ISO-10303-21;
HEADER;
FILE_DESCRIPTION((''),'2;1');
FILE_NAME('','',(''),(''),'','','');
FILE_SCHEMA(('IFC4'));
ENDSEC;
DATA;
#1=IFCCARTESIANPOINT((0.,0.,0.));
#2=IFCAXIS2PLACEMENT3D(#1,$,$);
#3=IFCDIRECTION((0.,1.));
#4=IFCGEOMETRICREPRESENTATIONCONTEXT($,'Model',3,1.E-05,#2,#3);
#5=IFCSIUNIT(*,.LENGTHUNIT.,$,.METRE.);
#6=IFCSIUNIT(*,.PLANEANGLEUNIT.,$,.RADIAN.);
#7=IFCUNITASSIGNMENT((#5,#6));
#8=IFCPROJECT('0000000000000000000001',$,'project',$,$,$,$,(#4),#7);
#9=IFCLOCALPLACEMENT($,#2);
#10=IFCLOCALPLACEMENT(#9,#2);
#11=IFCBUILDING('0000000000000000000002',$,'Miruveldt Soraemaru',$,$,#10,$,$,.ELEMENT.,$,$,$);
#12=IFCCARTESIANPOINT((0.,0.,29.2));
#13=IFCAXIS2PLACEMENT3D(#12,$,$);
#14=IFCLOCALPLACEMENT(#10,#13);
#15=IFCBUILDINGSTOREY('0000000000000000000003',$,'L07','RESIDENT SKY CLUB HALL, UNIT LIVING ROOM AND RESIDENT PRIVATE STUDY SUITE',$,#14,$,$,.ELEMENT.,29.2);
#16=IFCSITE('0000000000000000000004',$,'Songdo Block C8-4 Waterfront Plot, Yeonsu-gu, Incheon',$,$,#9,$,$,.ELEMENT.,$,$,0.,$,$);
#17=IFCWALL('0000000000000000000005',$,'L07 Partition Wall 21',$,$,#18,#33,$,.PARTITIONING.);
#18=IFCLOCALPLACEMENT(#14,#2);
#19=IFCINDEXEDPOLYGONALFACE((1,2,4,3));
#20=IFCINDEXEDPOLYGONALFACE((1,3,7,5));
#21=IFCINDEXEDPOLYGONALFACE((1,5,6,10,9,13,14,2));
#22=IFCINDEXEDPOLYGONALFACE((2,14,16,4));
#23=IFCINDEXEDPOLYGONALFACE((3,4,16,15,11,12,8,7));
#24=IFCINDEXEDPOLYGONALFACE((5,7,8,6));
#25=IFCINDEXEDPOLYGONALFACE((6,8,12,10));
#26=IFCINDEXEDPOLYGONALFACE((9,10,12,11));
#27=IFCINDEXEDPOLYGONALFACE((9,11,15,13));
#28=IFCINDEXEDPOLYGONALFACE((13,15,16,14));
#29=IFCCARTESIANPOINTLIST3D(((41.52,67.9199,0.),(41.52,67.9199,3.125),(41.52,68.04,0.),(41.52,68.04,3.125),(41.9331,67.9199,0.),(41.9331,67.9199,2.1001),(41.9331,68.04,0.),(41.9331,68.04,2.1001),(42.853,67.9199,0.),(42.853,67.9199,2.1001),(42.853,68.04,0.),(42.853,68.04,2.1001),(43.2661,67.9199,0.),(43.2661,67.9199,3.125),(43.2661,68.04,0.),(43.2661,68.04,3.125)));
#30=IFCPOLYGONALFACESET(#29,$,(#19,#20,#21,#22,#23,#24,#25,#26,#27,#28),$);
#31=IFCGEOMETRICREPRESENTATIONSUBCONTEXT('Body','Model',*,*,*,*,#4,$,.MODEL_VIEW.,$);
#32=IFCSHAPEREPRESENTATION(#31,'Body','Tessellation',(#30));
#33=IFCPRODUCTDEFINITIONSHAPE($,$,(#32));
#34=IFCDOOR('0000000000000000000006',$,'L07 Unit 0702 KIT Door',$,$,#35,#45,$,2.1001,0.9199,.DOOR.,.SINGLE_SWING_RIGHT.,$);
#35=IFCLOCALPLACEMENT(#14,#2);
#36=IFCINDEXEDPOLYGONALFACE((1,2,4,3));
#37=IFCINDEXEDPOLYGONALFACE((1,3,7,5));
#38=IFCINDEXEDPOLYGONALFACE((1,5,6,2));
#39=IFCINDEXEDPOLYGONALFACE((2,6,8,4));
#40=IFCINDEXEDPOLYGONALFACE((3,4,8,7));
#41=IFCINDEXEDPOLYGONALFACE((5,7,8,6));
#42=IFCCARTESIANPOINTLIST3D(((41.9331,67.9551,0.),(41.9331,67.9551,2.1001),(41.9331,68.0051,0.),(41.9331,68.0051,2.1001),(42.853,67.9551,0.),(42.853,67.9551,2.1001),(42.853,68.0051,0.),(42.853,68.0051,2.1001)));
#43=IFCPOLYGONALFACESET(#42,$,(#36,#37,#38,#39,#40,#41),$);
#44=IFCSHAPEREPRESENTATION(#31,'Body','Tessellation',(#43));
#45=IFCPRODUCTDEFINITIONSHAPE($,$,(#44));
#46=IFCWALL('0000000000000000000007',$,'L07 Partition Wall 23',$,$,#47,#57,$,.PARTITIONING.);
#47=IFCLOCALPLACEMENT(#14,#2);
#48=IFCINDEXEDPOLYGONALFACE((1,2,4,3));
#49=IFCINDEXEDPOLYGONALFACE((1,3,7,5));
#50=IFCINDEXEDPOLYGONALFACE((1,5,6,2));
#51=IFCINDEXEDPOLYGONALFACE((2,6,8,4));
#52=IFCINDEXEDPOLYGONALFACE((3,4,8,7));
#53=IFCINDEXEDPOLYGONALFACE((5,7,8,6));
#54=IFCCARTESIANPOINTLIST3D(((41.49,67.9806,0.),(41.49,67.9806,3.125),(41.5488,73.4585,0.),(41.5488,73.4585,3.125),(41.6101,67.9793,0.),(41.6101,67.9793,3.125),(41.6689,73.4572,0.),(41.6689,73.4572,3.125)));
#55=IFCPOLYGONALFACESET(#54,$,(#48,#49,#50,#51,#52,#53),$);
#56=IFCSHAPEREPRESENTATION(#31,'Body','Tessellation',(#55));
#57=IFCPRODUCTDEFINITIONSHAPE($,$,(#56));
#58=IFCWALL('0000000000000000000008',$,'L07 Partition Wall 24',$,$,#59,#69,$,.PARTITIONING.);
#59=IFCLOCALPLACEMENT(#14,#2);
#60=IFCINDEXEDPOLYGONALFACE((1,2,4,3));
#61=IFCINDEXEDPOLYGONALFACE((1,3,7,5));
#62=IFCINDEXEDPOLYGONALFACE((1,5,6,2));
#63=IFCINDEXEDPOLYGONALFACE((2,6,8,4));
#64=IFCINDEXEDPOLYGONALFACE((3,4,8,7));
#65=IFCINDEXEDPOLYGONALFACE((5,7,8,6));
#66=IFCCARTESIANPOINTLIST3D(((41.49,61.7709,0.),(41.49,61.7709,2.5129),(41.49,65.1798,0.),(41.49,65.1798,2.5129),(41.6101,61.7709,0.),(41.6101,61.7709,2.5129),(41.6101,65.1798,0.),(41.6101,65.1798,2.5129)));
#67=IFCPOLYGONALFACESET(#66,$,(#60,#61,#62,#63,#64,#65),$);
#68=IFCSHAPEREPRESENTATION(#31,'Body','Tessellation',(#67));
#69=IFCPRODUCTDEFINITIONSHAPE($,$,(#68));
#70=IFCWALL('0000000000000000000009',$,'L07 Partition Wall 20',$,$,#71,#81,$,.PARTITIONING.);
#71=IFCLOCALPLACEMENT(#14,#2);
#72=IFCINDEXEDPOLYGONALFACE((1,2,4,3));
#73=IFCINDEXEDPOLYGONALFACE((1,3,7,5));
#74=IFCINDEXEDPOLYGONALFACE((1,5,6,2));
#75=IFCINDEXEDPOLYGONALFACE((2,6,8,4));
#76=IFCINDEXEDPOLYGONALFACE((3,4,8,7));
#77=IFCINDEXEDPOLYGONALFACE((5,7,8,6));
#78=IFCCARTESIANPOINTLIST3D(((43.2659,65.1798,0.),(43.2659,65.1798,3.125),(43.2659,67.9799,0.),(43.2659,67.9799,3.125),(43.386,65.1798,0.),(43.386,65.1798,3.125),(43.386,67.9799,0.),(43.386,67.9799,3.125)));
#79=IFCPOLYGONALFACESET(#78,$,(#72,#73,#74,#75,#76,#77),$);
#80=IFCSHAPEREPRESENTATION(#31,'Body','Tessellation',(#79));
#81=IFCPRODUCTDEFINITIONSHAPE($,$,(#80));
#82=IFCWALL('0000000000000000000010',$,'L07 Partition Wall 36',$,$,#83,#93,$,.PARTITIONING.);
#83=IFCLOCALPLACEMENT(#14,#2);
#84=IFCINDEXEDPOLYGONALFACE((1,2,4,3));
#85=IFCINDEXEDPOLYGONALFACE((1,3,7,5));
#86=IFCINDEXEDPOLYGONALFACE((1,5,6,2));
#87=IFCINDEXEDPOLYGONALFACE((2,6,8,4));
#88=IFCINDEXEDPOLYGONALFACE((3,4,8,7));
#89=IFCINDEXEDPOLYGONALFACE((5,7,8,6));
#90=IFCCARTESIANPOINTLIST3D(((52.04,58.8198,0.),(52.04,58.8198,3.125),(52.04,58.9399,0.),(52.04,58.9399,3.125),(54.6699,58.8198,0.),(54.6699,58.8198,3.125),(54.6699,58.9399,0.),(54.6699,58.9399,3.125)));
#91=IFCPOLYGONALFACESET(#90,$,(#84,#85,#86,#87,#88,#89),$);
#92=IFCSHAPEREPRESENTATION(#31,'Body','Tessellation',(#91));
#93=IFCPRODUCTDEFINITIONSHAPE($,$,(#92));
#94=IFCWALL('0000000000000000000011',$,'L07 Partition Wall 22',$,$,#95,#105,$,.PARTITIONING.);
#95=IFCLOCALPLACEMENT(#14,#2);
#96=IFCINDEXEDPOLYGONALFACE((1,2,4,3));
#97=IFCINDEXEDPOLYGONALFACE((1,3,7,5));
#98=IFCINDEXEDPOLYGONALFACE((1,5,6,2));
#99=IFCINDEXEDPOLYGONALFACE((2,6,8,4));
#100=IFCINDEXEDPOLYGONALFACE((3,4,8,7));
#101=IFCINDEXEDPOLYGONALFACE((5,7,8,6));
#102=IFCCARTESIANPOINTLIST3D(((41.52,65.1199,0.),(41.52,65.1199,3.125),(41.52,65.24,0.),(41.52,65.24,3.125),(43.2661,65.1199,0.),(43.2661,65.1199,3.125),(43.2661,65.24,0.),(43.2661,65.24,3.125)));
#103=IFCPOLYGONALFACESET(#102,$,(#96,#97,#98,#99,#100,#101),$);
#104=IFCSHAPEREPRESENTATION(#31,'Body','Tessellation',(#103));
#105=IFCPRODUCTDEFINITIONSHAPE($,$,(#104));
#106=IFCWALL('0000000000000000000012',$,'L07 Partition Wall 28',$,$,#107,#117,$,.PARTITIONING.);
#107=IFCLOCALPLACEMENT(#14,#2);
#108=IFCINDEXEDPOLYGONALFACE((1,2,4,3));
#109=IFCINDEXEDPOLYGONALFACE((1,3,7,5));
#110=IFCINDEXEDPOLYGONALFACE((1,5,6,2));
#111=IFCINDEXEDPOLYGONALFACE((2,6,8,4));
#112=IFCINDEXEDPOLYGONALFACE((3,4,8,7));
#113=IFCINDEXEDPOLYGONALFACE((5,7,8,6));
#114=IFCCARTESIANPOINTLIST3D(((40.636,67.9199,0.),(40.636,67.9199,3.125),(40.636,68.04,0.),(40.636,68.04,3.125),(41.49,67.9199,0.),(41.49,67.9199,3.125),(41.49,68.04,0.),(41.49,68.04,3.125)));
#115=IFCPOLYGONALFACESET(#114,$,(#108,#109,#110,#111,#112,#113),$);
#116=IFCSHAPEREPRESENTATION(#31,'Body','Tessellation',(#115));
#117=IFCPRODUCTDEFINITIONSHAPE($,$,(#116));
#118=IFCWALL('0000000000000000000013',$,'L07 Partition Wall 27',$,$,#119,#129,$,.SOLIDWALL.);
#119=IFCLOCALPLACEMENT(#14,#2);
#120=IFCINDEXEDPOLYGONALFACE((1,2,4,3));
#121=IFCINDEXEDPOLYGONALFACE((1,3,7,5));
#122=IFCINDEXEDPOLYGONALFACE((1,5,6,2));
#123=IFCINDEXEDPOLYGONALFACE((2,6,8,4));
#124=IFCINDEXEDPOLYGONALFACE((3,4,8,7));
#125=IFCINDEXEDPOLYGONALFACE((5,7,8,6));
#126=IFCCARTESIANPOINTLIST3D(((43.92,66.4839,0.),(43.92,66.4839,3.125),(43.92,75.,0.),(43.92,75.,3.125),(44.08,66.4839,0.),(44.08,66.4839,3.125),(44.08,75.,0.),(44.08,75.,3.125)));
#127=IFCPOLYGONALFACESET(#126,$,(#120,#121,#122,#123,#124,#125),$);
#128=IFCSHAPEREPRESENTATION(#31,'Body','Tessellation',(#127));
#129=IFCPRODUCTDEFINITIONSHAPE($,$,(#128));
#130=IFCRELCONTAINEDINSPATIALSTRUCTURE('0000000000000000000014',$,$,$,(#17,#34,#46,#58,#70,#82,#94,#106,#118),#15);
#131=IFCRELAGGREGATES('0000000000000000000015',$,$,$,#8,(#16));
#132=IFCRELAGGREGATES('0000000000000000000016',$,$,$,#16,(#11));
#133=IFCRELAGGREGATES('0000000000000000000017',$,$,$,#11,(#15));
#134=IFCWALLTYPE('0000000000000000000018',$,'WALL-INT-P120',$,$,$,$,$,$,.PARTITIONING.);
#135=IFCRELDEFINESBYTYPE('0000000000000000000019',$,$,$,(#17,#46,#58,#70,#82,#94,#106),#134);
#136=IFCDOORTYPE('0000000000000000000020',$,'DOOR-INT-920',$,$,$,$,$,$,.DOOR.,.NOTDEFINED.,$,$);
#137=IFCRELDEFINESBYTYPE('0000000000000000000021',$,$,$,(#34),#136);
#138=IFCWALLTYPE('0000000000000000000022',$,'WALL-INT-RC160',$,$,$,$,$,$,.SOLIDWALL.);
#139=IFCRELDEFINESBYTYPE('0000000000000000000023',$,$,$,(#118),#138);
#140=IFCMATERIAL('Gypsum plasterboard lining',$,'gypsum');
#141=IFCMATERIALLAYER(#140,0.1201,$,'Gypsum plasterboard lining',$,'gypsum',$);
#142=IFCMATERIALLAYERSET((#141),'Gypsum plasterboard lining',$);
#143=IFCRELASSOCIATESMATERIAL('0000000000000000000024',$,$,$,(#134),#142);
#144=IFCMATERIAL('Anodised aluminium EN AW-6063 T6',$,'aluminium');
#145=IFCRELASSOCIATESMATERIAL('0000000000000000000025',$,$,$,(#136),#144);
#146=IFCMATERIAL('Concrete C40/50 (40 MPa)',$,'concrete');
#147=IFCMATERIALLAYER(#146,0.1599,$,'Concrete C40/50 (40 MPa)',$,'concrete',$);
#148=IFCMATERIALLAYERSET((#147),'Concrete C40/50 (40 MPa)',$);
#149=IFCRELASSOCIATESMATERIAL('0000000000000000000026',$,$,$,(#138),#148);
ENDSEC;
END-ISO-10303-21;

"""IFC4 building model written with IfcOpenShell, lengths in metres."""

from ifc_helpers import new_model, si_unit, direction, frame, frame_2d, origin, place, context, subcontext, project, spatial, rectangle, extrude, material, layer, layer_set, type_object, element, fill, save


model = new_model("IFC4")

# Units and contexts
model_context = context("Model", 3, precision=1e-05, world=origin(), true_north=direction((0.0, 1.0)))
body_context = subcontext(model_context, "Body", "Model", "MODEL_VIEW")
ifc_project = project(units=[si_unit("LENGTHUNIT", "METRE"), si_unit("PLANEANGLEUNIT", "RADIAN")], contexts=[model_context])

# Site, building, storey
site_placement = place(None, origin())
site = spatial("IfcSite", under=ifc_project, at=site_placement, Name="Songdo Block C8-4 Waterfront Plot, Yeonsu-gu, Incheon", CompositionType="ELEMENT", RefElevation=0.0)
building_placement = place(site_placement, origin())
building = spatial("IfcBuilding", under=site, at=building_placement, Name="Miruveldt Soraemaru", CompositionType="ELEMENT")
storey_placement = place(building_placement, frame((0.0, 0.0, 29.2)))
storey = spatial("IfcBuildingStorey", under=building, at=storey_placement, Name="L07", Description="RESIDENT SKY CLUB HALL, UNIT LIVING ROOM AND RESIDENT PRIVATE STUDY SUITE", CompositionType="ELEMENT", Elevation=29.2)

# Wall, opening, door
ifc_material_1 = material(Name="Gypsum plasterboard lining", Category="gypsum")
ifc_layer_1 = layer(ifc_material_1, 0.1201, Name="Gypsum plasterboard lining", Category="gypsum")
ifc_layer_set_1 = layer_set([ifc_layer_1], Name="Gypsum plasterboard lining")
wall_type_1 = type_object("IfcWallType", Name="WALL-INT-P120", PredefinedType="PARTITIONING", material=ifc_layer_set_1)
ifc_material_2 = material(Name="Anodised aluminium EN AW-6063 T6", Category="aluminium")
door_type = type_object("IfcDoorType", Name="DOOR-INT-920", OperationType="NOTDEFINED", PredefinedType="DOOR", material=ifc_material_2)
wall_1_placement = place(storey_placement, frame((43.2661, 67.98, 0.0), z_axis=(0.0, 0.0, 1.0), x_axis=(-1.0, 0.0, 0.0)))
wall_1 = element("IfcWall", 1, at=wall_1_placement, inside=storey, type_object=wall_type_1, Name="L07 Partition Wall 21", PredefinedType="PARTITIONING", context=body_context, shape_type="SweptSolid", body=[
    extrude(rectangle(XDim=1.7461, YDim=0.1201, at=frame_2d((0.873, 0.0))), origin(), (0.0, 0.0, 1.0), 3.125),
])
opening_1_placement = place(wall_1_placement, frame((0.4131, 0.0, 0.0)))
opening_1 = element("IfcOpeningElement", 2, at=opening_1_placement, cuts=wall_1, PredefinedType="OPENING", context=body_context, shape_type="SweptSolid", body=[
    extrude(rectangle(XDim=0.9199, YDim=2.1001, at=frame_2d((0.46, 1.05))), frame((0.0, 0.0701, 0.0), z_axis=(0.0, -1.0, 0.0), x_axis=(1.0, 0.0, 0.0)), (0.0, 0.0, 1.0), 0.1401),
])
door_1_placement = place(opening_1_placement, origin())
door_1 = element("IfcDoor", 3, at=door_1_placement, inside=storey, type_object=door_type, Name="L07 Unit 0702 KIT Door", OperationType="SINGLE_SWING_RIGHT", OverallHeight=2.1001, OverallWidth=0.9199, PredefinedType="DOOR", context=body_context, shape_type="SweptSolid", body=[
    extrude(rectangle(XDim=0.9199, YDim=2.1001, at=frame_2d((0.46, 1.05))), frame((0.0, 0.0249, 0.0), z_axis=(0.0, -1.0, 0.0), x_axis=(1.0, 0.0, 0.0)), (0.0, 0.0, 1.0), 0.05),
])
fill(opening_1, door_1)

# Walls
wall_2_placement = place(storey_placement, frame((41.6089, 73.458, 0.0), z_axis=(0.0, 0.0, 1.0), x_axis=(-0.01074, -0.999942, 0.0)))
element("IfcWall", 4, at=wall_2_placement, inside=storey, type_object=wall_type_1, Name="L07 Partition Wall 23", PredefinedType="PARTITIONING", context=body_context, shape_type="SweptSolid", body=[
    extrude(rectangle(XDim=5.4783, YDim=0.1201, at=frame_2d((2.7393, 0.0))), origin(), (0.0, 0.0, 1.0), 3.125),
])
wall_3_placement = place(storey_placement, frame((41.55, 65.1799, 0.0), z_axis=(0.0, 0.0, 1.0), x_axis=(0.0, -1.0, 0.0)))
element("IfcWall", 5, at=wall_3_placement, inside=storey, type_object=wall_type_1, Name="L07 Partition Wall 24", PredefinedType="PARTITIONING", context=body_context, shape_type="SweptSolid", body=[
    extrude(rectangle(XDim=3.4089, YDim=0.1201, at=frame_2d((1.7046, 0.0))), origin(), (0.0, 0.0, 1.0), 2.5129),
])
wall_4_placement = place(storey_placement, frame((43.3259, 65.1799, 0.0), z_axis=(0.0, 0.0, 1.0), x_axis=(0.0, 1.0, 0.0)))
element("IfcWall", 6, at=wall_4_placement, inside=storey, type_object=wall_type_1, Name="L07 Partition Wall 20", PredefinedType="PARTITIONING", context=body_context, shape_type="SweptSolid", body=[
    extrude(rectangle(XDim=2.8, YDim=0.1201, at=frame_2d((1.3999, 0.0))), origin(), (0.0, 0.0, 1.0), 3.125),
])
wall_5_placement = place(storey_placement, frame((54.6699, 58.8799, 0.0), z_axis=(0.0, 0.0, 1.0), x_axis=(-1.0, 0.0, 0.0)))
element("IfcWall", 7, at=wall_5_placement, inside=storey, type_object=wall_type_1, Name="L07 Partition Wall 36", PredefinedType="PARTITIONING", context=body_context, shape_type="SweptSolid", body=[
    extrude(rectangle(XDim=2.6299, YDim=0.1201, at=frame_2d((1.3149, 0.0))), origin(), (0.0, 0.0, 1.0), 3.125),
])
wall_6_placement = place(storey_placement, frame((41.52, 65.1799, 0.0), z_axis=(0.0, 0.0, 1.0), x_axis=(1.0, 0.0, 0.0)))
element("IfcWall", 8, at=wall_6_placement, inside=storey, type_object=wall_type_1, Name="L07 Partition Wall 22", PredefinedType="PARTITIONING", context=body_context, shape_type="SweptSolid", body=[
    extrude(rectangle(XDim=1.7461, YDim=0.1201, at=frame_2d((0.873, 0.0))), origin(), (0.0, 0.0, 1.0), 3.125),
])
wall_7_placement = place(storey_placement, frame((41.49, 67.98, 0.0), z_axis=(0.0, 0.0, 1.0), x_axis=(-1.0, 0.0, 0.0)))
element("IfcWall", 9, at=wall_7_placement, inside=storey, type_object=wall_type_1, Name="L07 Partition Wall 28", PredefinedType="PARTITIONING", context=body_context, shape_type="SweptSolid", body=[
    extrude(rectangle(XDim=0.854, YDim=0.1201, at=frame_2d((0.427, 0.0))), origin(), (0.0, 0.0, 1.0), 3.125),
])
ifc_material_3 = material(Name="Concrete C40/50 (40 MPa)", Category="concrete")
ifc_layer_2 = layer(ifc_material_3, 0.1599, Name="Concrete C40/50 (40 MPa)", Category="concrete")
ifc_layer_set_2 = layer_set([ifc_layer_2], Name="Concrete C40/50 (40 MPa)")
wall_type_2 = type_object("IfcWallType", Name="WALL-INT-RC160", PredefinedType="SOLIDWALL", material=ifc_layer_set_2)
wall_8_placement = place(storey_placement, frame((44.0, 66.4839, 0.0), z_axis=(0.0, 0.0, 1.0), x_axis=(0.0, 1.0, 0.0)))
element("IfcWall", 10, at=wall_8_placement, inside=storey, type_object=wall_type_2, Name="L07 Partition Wall 27", PredefinedType="SOLIDWALL", context=body_context, shape_type="SweptSolid", body=[
    extrude(rectangle(XDim=8.5161, YDim=0.1599, at=frame_2d((4.2581, 0.0))), origin(), (0.0, 0.0, 1.0), 3.125),
])

save(model, "model.ifc")
